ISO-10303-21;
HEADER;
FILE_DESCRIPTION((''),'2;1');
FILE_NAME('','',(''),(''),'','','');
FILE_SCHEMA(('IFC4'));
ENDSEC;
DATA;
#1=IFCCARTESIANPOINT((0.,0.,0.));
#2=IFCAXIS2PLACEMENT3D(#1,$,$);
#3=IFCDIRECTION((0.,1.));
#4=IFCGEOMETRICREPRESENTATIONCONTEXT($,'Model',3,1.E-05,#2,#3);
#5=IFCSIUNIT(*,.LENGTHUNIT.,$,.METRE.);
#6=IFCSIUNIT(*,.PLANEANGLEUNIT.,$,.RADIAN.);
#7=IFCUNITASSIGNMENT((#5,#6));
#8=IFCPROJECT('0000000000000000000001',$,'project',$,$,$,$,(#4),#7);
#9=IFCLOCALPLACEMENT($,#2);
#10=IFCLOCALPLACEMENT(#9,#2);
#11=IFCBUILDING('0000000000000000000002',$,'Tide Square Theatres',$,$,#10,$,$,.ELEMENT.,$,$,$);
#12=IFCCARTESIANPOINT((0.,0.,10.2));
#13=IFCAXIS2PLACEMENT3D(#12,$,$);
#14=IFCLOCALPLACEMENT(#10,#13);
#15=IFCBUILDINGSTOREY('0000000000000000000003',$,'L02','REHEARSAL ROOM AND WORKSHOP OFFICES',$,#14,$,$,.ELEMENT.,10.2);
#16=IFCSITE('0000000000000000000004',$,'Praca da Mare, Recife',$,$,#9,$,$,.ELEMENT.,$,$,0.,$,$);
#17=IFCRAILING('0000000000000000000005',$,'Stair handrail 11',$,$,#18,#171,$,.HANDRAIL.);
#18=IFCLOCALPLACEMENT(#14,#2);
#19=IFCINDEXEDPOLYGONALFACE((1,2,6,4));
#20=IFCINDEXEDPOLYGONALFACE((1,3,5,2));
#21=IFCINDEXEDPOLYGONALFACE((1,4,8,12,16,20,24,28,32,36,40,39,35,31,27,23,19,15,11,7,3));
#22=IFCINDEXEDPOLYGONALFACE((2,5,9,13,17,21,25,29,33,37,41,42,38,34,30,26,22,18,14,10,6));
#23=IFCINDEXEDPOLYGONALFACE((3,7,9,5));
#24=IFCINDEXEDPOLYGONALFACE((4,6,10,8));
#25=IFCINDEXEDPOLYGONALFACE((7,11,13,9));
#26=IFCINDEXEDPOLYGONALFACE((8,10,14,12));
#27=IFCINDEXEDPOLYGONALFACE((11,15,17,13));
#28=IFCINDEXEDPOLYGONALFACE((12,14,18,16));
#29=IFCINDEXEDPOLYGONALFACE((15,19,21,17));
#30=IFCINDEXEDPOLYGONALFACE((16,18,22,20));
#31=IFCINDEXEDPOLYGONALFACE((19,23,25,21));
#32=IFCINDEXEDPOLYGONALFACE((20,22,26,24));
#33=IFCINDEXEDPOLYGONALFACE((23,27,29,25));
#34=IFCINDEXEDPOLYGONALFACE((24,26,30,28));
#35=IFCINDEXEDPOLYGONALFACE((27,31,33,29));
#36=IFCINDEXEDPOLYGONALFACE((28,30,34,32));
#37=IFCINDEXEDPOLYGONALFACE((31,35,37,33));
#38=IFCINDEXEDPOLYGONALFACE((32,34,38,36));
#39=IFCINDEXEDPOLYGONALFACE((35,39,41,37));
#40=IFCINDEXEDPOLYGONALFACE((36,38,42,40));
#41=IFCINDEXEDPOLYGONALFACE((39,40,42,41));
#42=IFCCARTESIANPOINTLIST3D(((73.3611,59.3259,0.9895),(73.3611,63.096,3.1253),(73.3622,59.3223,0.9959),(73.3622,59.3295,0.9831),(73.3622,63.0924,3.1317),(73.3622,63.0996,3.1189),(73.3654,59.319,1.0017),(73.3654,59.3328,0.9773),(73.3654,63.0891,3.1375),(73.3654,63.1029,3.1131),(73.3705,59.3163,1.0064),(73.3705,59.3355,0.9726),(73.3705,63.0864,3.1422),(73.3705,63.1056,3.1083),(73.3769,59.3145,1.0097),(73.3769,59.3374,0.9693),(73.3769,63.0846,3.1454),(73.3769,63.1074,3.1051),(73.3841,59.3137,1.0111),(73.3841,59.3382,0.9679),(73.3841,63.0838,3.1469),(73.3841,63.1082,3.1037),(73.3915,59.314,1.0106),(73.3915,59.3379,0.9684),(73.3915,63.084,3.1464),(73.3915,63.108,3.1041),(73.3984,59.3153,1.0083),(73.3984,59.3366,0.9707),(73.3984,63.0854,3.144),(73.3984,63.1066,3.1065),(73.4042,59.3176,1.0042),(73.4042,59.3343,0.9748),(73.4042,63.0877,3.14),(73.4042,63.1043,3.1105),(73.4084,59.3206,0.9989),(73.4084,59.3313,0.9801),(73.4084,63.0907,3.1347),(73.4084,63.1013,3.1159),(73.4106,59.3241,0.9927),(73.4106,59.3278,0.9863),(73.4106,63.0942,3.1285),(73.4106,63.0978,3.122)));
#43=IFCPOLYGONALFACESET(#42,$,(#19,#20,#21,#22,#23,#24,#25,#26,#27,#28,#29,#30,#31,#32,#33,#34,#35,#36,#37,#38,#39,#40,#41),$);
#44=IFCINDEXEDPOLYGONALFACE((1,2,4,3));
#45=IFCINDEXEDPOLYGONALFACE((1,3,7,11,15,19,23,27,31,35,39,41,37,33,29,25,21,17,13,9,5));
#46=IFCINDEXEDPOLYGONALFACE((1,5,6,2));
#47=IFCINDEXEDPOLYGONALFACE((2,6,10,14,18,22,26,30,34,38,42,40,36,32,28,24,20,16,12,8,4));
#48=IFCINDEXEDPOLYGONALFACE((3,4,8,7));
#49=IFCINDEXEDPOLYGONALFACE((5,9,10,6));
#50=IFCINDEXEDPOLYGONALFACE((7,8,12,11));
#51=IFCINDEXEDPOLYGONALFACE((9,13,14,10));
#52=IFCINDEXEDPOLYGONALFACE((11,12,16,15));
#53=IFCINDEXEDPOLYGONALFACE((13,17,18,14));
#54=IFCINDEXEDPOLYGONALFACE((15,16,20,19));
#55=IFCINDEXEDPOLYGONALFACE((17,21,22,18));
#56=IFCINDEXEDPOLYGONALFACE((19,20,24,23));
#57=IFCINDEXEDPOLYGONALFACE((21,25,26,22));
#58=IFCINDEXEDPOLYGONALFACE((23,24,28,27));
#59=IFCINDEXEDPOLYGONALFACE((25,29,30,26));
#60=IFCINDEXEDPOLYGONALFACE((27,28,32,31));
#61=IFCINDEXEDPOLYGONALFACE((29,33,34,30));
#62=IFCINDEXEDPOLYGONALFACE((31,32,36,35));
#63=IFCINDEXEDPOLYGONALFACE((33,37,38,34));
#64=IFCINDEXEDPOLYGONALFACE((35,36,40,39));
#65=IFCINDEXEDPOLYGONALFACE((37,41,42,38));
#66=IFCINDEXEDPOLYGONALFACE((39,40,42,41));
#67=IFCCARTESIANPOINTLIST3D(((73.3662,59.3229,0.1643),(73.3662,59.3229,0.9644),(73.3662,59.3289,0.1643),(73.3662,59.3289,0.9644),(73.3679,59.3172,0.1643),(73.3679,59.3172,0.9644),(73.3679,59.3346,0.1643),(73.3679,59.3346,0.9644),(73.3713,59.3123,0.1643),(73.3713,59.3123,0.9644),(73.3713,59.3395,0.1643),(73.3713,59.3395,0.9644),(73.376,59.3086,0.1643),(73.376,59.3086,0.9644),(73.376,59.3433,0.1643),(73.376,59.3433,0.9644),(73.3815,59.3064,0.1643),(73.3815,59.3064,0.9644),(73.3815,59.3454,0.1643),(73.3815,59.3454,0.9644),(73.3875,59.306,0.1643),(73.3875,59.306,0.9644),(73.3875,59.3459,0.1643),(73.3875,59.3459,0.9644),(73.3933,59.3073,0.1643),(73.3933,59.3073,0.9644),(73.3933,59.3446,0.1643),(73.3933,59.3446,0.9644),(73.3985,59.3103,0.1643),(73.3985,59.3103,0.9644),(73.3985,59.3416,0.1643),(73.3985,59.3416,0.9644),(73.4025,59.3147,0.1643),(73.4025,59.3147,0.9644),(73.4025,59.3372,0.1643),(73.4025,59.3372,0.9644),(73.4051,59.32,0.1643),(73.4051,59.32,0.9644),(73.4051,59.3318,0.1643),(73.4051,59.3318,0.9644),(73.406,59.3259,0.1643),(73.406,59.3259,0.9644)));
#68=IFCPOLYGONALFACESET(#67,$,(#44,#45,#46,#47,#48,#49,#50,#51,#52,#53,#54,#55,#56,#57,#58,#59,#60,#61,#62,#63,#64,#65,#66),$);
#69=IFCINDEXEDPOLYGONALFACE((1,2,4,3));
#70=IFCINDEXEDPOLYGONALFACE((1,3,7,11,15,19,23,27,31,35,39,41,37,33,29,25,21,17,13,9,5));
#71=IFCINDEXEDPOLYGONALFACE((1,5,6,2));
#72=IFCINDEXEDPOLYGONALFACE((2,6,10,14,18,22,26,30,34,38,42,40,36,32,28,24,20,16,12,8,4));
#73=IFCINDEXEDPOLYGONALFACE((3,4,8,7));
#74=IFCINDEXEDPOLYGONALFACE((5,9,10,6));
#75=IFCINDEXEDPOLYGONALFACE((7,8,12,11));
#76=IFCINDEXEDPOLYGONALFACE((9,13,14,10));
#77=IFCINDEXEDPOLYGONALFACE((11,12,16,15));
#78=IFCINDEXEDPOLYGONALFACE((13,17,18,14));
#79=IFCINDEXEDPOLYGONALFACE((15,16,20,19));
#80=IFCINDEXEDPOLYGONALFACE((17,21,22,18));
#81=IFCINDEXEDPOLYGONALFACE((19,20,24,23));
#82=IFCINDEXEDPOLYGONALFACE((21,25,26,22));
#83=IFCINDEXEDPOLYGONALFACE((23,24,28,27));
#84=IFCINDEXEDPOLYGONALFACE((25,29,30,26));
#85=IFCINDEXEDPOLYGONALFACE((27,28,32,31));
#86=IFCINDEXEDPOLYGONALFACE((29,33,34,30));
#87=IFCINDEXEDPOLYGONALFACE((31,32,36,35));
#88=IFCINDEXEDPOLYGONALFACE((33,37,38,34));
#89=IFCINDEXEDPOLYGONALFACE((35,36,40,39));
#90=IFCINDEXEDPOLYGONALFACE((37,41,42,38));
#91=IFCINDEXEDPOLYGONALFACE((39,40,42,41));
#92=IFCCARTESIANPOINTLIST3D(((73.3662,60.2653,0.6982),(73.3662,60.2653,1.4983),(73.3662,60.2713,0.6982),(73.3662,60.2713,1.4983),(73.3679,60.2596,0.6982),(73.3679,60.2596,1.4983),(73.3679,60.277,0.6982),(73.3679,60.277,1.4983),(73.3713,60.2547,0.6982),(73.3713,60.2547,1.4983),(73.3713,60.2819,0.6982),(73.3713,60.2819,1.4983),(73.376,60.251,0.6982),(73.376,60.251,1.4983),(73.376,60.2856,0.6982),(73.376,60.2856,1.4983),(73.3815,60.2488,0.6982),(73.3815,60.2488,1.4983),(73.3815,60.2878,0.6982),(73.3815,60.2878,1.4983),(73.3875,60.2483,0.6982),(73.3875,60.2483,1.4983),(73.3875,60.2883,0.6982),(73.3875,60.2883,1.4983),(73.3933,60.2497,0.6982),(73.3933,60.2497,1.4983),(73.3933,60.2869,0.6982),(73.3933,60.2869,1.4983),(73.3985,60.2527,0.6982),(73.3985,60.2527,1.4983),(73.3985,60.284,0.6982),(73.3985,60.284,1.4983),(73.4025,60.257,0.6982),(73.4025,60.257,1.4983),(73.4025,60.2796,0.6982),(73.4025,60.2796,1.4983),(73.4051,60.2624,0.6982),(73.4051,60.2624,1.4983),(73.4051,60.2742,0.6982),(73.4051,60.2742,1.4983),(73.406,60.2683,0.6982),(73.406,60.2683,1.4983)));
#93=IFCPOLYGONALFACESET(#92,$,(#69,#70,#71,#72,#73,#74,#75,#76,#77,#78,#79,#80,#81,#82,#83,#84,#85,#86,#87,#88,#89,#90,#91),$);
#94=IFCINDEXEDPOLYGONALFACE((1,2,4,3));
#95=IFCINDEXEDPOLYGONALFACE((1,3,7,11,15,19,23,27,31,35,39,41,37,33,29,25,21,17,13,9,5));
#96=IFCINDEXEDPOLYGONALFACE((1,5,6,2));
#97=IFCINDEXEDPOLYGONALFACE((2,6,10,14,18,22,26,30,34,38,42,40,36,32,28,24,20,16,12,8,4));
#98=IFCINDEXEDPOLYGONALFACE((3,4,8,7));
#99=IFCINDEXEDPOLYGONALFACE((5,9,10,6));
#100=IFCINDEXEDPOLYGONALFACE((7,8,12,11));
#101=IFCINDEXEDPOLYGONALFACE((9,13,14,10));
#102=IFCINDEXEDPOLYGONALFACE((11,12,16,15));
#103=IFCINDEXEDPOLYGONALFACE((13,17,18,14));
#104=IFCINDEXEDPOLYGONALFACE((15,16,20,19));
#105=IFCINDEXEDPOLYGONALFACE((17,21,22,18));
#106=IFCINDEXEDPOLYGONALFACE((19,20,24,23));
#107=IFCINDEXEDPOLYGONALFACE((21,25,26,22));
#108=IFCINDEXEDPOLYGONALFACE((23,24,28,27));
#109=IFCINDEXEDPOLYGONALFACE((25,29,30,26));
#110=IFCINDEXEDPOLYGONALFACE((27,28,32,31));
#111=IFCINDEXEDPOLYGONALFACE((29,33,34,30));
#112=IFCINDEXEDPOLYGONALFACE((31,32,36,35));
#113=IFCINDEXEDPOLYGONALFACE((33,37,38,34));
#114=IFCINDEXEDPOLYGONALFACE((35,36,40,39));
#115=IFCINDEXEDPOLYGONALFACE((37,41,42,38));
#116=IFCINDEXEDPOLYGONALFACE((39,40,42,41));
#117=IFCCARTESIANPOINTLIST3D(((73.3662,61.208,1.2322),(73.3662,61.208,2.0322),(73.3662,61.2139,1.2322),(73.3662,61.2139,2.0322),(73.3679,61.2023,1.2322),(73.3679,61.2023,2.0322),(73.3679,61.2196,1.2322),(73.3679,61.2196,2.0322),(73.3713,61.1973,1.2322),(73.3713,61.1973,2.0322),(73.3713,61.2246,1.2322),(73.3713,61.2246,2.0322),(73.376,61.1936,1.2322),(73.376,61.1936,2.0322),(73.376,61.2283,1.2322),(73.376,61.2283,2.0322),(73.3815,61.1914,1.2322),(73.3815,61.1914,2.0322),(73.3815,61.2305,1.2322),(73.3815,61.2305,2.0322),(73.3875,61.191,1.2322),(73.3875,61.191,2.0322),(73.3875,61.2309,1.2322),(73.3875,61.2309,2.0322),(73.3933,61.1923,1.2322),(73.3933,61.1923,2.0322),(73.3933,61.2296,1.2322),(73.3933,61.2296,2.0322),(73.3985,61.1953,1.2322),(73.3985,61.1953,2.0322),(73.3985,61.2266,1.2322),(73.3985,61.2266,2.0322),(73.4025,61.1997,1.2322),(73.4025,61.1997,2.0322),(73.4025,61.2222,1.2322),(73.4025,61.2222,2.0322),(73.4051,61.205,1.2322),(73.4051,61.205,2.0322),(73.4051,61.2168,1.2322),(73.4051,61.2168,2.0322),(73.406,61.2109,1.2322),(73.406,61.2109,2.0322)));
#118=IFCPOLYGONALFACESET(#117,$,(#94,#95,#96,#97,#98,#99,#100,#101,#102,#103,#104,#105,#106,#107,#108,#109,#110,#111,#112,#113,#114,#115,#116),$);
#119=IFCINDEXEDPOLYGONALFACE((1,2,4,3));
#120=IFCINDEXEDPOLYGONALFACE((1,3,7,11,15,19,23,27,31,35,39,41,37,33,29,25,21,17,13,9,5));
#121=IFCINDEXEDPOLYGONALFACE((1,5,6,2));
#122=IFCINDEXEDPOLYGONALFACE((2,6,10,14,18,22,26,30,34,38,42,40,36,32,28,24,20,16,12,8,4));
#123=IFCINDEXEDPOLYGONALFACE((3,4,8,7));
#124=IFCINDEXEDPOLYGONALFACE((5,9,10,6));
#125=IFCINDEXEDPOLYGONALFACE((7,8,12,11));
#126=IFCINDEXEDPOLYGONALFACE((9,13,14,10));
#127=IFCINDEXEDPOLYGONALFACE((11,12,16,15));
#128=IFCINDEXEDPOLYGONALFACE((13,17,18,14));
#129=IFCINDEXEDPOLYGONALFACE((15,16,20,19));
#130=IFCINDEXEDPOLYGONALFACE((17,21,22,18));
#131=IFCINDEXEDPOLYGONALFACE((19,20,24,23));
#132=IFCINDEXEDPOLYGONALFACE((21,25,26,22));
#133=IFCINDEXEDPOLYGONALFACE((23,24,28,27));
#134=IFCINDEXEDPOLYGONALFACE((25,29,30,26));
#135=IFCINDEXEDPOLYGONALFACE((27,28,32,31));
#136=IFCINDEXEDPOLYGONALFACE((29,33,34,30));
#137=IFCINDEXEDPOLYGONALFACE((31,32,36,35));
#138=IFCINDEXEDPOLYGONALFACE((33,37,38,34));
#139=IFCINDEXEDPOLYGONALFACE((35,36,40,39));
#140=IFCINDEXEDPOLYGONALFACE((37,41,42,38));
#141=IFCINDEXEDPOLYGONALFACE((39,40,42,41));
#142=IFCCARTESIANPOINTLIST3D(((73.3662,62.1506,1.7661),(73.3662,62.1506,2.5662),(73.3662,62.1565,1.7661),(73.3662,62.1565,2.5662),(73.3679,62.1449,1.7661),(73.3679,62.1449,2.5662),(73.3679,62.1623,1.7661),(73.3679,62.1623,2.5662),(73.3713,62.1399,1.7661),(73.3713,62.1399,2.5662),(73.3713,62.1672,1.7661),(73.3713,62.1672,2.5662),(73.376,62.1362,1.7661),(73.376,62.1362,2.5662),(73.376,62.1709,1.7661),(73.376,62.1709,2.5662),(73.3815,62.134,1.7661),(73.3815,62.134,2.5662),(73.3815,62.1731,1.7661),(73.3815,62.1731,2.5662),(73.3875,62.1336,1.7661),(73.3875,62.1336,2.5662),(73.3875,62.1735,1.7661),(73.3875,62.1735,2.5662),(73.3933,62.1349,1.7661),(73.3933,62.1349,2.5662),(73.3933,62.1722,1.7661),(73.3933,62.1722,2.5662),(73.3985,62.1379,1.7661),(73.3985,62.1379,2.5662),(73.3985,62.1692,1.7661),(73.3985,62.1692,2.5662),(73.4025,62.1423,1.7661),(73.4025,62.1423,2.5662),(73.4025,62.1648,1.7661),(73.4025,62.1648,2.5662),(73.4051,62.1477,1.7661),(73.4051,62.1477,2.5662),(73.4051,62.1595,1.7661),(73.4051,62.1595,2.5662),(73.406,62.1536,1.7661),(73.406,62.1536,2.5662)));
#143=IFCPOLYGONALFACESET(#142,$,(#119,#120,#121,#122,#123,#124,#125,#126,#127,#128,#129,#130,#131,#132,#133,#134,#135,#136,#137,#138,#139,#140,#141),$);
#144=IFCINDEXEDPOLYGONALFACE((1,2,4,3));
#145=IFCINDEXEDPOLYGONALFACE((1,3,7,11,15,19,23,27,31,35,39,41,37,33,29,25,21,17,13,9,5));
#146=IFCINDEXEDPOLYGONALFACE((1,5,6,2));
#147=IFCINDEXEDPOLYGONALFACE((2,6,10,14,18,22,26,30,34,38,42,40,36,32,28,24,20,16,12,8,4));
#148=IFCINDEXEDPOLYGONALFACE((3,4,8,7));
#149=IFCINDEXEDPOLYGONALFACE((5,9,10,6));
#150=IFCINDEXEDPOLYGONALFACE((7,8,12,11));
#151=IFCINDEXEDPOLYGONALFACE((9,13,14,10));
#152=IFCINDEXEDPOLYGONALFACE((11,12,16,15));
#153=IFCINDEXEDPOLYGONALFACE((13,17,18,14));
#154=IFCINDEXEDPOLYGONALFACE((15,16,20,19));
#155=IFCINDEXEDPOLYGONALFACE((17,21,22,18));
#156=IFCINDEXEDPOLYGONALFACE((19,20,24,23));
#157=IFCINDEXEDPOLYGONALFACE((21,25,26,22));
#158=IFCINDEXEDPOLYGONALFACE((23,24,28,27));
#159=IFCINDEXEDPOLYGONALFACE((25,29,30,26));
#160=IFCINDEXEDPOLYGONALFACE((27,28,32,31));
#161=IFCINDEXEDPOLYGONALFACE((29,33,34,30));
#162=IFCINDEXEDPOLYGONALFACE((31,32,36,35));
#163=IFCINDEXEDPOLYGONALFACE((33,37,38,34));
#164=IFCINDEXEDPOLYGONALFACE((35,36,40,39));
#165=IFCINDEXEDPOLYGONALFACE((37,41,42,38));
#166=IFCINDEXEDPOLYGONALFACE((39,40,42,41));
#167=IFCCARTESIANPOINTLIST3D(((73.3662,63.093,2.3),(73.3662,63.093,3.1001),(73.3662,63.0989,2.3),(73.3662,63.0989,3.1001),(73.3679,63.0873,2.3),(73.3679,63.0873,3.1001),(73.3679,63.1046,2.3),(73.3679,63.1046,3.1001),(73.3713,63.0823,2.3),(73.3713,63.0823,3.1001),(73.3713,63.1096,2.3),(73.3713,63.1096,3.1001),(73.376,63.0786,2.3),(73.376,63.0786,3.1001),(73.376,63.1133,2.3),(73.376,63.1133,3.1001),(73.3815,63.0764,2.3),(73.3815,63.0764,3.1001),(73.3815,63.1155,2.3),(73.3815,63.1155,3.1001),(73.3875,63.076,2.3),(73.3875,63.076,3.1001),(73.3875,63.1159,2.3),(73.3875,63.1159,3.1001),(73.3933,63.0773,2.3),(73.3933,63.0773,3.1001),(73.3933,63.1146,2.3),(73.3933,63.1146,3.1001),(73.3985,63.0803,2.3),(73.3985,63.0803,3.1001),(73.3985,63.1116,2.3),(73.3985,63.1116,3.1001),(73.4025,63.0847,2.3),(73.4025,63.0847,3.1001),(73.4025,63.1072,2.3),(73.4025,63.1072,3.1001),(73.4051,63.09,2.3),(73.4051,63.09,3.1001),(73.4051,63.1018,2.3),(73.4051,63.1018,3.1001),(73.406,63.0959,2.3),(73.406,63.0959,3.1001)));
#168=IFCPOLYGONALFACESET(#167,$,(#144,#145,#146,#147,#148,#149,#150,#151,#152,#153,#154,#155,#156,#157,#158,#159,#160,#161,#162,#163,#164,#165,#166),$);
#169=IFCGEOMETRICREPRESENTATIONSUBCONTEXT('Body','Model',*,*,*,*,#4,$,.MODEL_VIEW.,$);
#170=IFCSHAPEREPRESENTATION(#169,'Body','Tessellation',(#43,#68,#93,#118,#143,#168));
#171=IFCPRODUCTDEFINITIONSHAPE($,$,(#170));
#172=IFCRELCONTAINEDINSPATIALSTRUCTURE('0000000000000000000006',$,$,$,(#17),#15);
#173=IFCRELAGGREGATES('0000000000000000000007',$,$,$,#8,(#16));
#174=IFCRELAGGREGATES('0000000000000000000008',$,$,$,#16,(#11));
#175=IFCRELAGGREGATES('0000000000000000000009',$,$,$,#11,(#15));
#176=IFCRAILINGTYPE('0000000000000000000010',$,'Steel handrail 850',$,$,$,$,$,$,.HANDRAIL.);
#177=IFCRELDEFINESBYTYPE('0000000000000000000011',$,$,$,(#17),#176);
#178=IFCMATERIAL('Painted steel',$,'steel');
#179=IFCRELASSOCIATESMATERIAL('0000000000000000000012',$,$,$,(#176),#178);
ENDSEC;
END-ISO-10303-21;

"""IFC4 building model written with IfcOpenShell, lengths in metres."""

from ifc_helpers import new_model, si_unit, direction, frame, origin, origin_2d, place, context, subcontext, project, spatial, circle, extrude, material, type_object, element, save


model = new_model("IFC4")

# Units and contexts
model_context = context("Model", 3, precision=1e-05, world=origin(), true_north=direction((0.0, 1.0)))
body_context = subcontext(model_context, "Body", "Model", "MODEL_VIEW")
ifc_project = project(units=[si_unit("LENGTHUNIT", "METRE"), si_unit("PLANEANGLEUNIT", "RADIAN")], contexts=[model_context])

# Site, building, storey
site_placement = place(None, origin())
site = spatial("IfcSite", under=ifc_project, at=site_placement, Name="Praca da Mare, Recife", CompositionType="ELEMENT", RefElevation=0.0)
building_placement = place(site_placement, origin())
building = spatial("IfcBuilding", under=site, at=building_placement, Name="Tide Square Theatres", CompositionType="ELEMENT")
storey_placement = place(building_placement, frame((0.0, 0.0, 10.2)))
storey = spatial("IfcBuildingStorey", under=building, at=storey_placement, Name="L02", Description="REHEARSAL ROOM AND WORKSHOP OFFICES", CompositionType="ELEMENT", Elevation=10.2)

# Railing
ifc_material_1 = material(Name="Painted steel", Category="steel")
railing_type_1 = type_object("IfcRailingType", Name="Steel handrail 850", PredefinedType="HANDRAIL", material=ifc_material_1)
for number, where, name in (
    (1, (73.386, 59.3259, 0.1643), "Stair handrail 11"),
):
    element("IfcRailing", number, at=place(storey_placement, frame(where)), inside=storey, type_object=railing_type_1, Name=name, PredefinedType="HANDRAIL", context=body_context, shape_type="SweptSolid", body=[
        extrude(circle(Radius=0.0249, at=origin_2d()), frame((0.0, 0.0, 0.8252), z_axis=(0.0, 0.870082, 0.492907), x_axis=(-1.0, 0.0, 0.0)), (0.0, 0.0, 1.0), 4.333),
        extrude(circle(Radius=0.02, at=origin_2d()), origin(), (0.0, 0.0, 1.0), 0.8),
        extrude(circle(Radius=0.02, at=origin_2d()), frame((0.0, 0.9424, 0.5339)), (0.0, 0.0, 1.0), 0.8),
        extrude(circle(Radius=0.02, at=origin_2d()), frame((0.0, 1.885, 1.0679)), (0.0, 0.0, 1.0), 0.8),
        extrude(circle(Radius=0.02, at=origin_2d()), frame((0.0, 2.8276, 1.6018)), (0.0, 0.0, 1.0), 0.8),
        extrude(circle(Radius=0.02, at=origin_2d()), frame((0.0, 3.77, 2.1357)), (0.0, 0.0, 1.0), 0.8),
    ])

save(model, "model.ifc")
